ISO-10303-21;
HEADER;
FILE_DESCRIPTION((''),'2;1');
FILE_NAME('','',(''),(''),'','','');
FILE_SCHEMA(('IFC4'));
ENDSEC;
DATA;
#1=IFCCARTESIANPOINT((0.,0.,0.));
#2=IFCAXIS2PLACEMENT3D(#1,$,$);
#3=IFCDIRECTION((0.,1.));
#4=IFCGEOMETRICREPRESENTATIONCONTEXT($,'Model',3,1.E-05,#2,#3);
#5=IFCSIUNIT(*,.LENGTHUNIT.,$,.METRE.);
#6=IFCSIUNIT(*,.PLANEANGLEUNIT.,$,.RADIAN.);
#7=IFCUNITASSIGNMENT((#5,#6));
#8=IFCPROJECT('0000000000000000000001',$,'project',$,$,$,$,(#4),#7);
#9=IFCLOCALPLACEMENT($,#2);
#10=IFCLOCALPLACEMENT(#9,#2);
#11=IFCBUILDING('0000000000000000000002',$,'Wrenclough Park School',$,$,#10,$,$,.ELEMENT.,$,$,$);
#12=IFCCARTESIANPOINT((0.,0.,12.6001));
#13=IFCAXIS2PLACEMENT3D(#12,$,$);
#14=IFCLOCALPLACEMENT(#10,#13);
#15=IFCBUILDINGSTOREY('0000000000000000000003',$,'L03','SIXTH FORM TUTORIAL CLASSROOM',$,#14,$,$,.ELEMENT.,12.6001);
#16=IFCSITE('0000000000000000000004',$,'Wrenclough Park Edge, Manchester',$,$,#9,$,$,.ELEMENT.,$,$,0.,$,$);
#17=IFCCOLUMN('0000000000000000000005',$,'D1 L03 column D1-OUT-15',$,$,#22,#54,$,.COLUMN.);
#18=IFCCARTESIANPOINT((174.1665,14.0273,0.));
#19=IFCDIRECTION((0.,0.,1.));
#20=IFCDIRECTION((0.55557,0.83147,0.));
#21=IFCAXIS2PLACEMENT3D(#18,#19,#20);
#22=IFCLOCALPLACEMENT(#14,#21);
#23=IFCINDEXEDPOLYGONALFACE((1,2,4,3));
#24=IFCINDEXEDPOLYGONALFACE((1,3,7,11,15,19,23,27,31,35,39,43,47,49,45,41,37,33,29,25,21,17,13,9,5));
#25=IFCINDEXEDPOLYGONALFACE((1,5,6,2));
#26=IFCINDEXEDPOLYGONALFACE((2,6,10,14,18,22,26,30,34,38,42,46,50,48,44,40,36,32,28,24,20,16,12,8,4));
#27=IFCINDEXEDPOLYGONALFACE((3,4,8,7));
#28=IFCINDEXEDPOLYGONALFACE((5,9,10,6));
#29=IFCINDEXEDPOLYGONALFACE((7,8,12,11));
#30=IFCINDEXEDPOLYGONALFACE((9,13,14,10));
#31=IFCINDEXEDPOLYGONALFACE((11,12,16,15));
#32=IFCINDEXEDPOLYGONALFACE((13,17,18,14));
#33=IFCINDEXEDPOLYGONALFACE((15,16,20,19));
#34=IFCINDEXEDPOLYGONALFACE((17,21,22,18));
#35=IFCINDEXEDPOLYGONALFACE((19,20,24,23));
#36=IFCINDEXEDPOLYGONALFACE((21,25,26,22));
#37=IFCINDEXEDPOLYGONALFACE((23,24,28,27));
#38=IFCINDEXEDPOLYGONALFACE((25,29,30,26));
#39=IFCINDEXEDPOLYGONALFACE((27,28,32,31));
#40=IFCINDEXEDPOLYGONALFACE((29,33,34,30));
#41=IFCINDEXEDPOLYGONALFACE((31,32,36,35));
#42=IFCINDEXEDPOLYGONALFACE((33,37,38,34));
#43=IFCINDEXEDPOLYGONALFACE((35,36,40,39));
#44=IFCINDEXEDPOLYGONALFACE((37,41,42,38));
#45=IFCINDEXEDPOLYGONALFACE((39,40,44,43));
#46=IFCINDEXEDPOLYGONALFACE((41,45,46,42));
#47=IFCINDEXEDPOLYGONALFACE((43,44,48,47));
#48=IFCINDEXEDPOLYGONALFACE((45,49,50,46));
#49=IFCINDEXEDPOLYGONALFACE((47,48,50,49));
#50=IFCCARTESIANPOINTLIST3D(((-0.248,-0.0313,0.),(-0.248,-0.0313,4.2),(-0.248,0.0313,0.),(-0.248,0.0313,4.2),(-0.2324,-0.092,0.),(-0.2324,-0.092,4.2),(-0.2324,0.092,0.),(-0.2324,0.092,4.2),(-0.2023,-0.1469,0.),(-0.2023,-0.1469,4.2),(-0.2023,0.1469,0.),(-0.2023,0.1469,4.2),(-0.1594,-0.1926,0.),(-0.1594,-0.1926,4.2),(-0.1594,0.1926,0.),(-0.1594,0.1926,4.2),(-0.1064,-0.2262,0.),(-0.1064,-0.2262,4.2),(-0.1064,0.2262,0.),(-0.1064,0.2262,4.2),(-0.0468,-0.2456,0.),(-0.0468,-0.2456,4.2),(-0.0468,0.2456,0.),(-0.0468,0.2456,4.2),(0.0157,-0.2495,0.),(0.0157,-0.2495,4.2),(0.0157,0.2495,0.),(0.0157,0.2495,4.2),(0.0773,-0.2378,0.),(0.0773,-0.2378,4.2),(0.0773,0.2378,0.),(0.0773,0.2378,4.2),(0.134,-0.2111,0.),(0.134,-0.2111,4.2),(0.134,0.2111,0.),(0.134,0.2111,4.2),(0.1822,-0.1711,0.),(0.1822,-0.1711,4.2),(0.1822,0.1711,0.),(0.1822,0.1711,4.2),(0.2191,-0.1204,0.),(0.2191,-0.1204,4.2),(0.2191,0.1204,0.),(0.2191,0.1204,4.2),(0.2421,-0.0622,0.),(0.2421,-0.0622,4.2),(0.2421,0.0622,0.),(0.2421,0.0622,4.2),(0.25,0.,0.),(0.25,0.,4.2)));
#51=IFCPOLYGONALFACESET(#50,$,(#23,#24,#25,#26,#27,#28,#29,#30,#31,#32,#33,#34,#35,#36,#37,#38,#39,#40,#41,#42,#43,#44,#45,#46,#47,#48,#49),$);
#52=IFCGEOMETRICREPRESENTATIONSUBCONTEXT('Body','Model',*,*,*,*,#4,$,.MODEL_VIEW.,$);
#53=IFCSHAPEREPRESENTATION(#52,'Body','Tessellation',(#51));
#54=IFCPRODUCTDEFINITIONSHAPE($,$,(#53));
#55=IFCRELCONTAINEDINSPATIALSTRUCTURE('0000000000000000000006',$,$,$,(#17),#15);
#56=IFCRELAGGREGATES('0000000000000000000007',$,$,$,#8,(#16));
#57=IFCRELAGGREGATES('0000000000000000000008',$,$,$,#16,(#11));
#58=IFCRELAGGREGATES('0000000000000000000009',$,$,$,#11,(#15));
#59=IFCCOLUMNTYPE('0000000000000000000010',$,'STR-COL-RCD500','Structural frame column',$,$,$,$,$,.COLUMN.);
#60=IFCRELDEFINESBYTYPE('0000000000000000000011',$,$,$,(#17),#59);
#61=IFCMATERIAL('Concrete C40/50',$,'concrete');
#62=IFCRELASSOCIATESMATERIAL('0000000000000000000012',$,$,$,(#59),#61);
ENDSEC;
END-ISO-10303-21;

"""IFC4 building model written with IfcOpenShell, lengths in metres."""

from ifc_helpers import new_model, si_unit, direction, frame, origin, origin_2d, place, context, subcontext, project, spatial, circle, extrude, material, material_profile, profile_set, type_object, element, save


model = new_model("IFC4")

# Units and contexts
model_context = context("Model", 3, precision=1e-05, world=origin(), true_north=direction((0.0, 1.0)))
body_context = subcontext(model_context, "Body", "Model", "MODEL_VIEW")
ifc_project = project(units=[si_unit("LENGTHUNIT", "METRE"), si_unit("PLANEANGLEUNIT", "RADIAN")], contexts=[model_context])

# Site, building, storey
site_placement = place(None, origin())
site = spatial("IfcSite", under=ifc_project, at=site_placement, Name="Wrenclough Park Edge, Manchester", CompositionType="ELEMENT", RefElevation=0.0)
building_placement = place(site_placement, origin())
building = spatial("IfcBuilding", under=site, at=building_placement, Name="Wrenclough Park School", CompositionType="ELEMENT")
storey_placement = place(building_placement, frame((0.0, 0.0, 12.6001)))
storey = spatial("IfcBuildingStorey", under=building, at=storey_placement, Name="L03", Description="SIXTH FORM TUTORIAL CLASSROOM", CompositionType="ELEMENT", Elevation=12.6001)

# Column
ifc_material_1 = material(Name="Concrete C40/50", Category="concrete")
ifc_material_profile_1 = material_profile(ifc_material_1, circle(Radius=0.25, at=origin_2d()), Name="RC COL D500")
ifc_profile_set_1 = profile_set([ifc_material_profile_1], Name="Concrete C40/50")
column_type = type_object("IfcColumnType", Name="STR-COL-RCD500", Description="Structural frame column", PredefinedType="COLUMN", material=ifc_profile_set_1)
column_placement = place(storey_placement, frame((174.1665, 14.0273, 0.0), z_axis=(0.0, 0.0, 1.0), x_axis=(0.55557, 0.83147, 0.0)))
element("IfcColumn", 1, at=column_placement, inside=storey, type_object=column_type, Name="D1 L03 column D1-OUT-15", PredefinedType="COLUMN", context=body_context, shape_type="SweptSolid", body=[
    extrude(circle(Radius=0.25, at=origin_2d()), origin(), (0.0, 0.0, 1.0), 4.2),
])

save(model, "model.ifc")
